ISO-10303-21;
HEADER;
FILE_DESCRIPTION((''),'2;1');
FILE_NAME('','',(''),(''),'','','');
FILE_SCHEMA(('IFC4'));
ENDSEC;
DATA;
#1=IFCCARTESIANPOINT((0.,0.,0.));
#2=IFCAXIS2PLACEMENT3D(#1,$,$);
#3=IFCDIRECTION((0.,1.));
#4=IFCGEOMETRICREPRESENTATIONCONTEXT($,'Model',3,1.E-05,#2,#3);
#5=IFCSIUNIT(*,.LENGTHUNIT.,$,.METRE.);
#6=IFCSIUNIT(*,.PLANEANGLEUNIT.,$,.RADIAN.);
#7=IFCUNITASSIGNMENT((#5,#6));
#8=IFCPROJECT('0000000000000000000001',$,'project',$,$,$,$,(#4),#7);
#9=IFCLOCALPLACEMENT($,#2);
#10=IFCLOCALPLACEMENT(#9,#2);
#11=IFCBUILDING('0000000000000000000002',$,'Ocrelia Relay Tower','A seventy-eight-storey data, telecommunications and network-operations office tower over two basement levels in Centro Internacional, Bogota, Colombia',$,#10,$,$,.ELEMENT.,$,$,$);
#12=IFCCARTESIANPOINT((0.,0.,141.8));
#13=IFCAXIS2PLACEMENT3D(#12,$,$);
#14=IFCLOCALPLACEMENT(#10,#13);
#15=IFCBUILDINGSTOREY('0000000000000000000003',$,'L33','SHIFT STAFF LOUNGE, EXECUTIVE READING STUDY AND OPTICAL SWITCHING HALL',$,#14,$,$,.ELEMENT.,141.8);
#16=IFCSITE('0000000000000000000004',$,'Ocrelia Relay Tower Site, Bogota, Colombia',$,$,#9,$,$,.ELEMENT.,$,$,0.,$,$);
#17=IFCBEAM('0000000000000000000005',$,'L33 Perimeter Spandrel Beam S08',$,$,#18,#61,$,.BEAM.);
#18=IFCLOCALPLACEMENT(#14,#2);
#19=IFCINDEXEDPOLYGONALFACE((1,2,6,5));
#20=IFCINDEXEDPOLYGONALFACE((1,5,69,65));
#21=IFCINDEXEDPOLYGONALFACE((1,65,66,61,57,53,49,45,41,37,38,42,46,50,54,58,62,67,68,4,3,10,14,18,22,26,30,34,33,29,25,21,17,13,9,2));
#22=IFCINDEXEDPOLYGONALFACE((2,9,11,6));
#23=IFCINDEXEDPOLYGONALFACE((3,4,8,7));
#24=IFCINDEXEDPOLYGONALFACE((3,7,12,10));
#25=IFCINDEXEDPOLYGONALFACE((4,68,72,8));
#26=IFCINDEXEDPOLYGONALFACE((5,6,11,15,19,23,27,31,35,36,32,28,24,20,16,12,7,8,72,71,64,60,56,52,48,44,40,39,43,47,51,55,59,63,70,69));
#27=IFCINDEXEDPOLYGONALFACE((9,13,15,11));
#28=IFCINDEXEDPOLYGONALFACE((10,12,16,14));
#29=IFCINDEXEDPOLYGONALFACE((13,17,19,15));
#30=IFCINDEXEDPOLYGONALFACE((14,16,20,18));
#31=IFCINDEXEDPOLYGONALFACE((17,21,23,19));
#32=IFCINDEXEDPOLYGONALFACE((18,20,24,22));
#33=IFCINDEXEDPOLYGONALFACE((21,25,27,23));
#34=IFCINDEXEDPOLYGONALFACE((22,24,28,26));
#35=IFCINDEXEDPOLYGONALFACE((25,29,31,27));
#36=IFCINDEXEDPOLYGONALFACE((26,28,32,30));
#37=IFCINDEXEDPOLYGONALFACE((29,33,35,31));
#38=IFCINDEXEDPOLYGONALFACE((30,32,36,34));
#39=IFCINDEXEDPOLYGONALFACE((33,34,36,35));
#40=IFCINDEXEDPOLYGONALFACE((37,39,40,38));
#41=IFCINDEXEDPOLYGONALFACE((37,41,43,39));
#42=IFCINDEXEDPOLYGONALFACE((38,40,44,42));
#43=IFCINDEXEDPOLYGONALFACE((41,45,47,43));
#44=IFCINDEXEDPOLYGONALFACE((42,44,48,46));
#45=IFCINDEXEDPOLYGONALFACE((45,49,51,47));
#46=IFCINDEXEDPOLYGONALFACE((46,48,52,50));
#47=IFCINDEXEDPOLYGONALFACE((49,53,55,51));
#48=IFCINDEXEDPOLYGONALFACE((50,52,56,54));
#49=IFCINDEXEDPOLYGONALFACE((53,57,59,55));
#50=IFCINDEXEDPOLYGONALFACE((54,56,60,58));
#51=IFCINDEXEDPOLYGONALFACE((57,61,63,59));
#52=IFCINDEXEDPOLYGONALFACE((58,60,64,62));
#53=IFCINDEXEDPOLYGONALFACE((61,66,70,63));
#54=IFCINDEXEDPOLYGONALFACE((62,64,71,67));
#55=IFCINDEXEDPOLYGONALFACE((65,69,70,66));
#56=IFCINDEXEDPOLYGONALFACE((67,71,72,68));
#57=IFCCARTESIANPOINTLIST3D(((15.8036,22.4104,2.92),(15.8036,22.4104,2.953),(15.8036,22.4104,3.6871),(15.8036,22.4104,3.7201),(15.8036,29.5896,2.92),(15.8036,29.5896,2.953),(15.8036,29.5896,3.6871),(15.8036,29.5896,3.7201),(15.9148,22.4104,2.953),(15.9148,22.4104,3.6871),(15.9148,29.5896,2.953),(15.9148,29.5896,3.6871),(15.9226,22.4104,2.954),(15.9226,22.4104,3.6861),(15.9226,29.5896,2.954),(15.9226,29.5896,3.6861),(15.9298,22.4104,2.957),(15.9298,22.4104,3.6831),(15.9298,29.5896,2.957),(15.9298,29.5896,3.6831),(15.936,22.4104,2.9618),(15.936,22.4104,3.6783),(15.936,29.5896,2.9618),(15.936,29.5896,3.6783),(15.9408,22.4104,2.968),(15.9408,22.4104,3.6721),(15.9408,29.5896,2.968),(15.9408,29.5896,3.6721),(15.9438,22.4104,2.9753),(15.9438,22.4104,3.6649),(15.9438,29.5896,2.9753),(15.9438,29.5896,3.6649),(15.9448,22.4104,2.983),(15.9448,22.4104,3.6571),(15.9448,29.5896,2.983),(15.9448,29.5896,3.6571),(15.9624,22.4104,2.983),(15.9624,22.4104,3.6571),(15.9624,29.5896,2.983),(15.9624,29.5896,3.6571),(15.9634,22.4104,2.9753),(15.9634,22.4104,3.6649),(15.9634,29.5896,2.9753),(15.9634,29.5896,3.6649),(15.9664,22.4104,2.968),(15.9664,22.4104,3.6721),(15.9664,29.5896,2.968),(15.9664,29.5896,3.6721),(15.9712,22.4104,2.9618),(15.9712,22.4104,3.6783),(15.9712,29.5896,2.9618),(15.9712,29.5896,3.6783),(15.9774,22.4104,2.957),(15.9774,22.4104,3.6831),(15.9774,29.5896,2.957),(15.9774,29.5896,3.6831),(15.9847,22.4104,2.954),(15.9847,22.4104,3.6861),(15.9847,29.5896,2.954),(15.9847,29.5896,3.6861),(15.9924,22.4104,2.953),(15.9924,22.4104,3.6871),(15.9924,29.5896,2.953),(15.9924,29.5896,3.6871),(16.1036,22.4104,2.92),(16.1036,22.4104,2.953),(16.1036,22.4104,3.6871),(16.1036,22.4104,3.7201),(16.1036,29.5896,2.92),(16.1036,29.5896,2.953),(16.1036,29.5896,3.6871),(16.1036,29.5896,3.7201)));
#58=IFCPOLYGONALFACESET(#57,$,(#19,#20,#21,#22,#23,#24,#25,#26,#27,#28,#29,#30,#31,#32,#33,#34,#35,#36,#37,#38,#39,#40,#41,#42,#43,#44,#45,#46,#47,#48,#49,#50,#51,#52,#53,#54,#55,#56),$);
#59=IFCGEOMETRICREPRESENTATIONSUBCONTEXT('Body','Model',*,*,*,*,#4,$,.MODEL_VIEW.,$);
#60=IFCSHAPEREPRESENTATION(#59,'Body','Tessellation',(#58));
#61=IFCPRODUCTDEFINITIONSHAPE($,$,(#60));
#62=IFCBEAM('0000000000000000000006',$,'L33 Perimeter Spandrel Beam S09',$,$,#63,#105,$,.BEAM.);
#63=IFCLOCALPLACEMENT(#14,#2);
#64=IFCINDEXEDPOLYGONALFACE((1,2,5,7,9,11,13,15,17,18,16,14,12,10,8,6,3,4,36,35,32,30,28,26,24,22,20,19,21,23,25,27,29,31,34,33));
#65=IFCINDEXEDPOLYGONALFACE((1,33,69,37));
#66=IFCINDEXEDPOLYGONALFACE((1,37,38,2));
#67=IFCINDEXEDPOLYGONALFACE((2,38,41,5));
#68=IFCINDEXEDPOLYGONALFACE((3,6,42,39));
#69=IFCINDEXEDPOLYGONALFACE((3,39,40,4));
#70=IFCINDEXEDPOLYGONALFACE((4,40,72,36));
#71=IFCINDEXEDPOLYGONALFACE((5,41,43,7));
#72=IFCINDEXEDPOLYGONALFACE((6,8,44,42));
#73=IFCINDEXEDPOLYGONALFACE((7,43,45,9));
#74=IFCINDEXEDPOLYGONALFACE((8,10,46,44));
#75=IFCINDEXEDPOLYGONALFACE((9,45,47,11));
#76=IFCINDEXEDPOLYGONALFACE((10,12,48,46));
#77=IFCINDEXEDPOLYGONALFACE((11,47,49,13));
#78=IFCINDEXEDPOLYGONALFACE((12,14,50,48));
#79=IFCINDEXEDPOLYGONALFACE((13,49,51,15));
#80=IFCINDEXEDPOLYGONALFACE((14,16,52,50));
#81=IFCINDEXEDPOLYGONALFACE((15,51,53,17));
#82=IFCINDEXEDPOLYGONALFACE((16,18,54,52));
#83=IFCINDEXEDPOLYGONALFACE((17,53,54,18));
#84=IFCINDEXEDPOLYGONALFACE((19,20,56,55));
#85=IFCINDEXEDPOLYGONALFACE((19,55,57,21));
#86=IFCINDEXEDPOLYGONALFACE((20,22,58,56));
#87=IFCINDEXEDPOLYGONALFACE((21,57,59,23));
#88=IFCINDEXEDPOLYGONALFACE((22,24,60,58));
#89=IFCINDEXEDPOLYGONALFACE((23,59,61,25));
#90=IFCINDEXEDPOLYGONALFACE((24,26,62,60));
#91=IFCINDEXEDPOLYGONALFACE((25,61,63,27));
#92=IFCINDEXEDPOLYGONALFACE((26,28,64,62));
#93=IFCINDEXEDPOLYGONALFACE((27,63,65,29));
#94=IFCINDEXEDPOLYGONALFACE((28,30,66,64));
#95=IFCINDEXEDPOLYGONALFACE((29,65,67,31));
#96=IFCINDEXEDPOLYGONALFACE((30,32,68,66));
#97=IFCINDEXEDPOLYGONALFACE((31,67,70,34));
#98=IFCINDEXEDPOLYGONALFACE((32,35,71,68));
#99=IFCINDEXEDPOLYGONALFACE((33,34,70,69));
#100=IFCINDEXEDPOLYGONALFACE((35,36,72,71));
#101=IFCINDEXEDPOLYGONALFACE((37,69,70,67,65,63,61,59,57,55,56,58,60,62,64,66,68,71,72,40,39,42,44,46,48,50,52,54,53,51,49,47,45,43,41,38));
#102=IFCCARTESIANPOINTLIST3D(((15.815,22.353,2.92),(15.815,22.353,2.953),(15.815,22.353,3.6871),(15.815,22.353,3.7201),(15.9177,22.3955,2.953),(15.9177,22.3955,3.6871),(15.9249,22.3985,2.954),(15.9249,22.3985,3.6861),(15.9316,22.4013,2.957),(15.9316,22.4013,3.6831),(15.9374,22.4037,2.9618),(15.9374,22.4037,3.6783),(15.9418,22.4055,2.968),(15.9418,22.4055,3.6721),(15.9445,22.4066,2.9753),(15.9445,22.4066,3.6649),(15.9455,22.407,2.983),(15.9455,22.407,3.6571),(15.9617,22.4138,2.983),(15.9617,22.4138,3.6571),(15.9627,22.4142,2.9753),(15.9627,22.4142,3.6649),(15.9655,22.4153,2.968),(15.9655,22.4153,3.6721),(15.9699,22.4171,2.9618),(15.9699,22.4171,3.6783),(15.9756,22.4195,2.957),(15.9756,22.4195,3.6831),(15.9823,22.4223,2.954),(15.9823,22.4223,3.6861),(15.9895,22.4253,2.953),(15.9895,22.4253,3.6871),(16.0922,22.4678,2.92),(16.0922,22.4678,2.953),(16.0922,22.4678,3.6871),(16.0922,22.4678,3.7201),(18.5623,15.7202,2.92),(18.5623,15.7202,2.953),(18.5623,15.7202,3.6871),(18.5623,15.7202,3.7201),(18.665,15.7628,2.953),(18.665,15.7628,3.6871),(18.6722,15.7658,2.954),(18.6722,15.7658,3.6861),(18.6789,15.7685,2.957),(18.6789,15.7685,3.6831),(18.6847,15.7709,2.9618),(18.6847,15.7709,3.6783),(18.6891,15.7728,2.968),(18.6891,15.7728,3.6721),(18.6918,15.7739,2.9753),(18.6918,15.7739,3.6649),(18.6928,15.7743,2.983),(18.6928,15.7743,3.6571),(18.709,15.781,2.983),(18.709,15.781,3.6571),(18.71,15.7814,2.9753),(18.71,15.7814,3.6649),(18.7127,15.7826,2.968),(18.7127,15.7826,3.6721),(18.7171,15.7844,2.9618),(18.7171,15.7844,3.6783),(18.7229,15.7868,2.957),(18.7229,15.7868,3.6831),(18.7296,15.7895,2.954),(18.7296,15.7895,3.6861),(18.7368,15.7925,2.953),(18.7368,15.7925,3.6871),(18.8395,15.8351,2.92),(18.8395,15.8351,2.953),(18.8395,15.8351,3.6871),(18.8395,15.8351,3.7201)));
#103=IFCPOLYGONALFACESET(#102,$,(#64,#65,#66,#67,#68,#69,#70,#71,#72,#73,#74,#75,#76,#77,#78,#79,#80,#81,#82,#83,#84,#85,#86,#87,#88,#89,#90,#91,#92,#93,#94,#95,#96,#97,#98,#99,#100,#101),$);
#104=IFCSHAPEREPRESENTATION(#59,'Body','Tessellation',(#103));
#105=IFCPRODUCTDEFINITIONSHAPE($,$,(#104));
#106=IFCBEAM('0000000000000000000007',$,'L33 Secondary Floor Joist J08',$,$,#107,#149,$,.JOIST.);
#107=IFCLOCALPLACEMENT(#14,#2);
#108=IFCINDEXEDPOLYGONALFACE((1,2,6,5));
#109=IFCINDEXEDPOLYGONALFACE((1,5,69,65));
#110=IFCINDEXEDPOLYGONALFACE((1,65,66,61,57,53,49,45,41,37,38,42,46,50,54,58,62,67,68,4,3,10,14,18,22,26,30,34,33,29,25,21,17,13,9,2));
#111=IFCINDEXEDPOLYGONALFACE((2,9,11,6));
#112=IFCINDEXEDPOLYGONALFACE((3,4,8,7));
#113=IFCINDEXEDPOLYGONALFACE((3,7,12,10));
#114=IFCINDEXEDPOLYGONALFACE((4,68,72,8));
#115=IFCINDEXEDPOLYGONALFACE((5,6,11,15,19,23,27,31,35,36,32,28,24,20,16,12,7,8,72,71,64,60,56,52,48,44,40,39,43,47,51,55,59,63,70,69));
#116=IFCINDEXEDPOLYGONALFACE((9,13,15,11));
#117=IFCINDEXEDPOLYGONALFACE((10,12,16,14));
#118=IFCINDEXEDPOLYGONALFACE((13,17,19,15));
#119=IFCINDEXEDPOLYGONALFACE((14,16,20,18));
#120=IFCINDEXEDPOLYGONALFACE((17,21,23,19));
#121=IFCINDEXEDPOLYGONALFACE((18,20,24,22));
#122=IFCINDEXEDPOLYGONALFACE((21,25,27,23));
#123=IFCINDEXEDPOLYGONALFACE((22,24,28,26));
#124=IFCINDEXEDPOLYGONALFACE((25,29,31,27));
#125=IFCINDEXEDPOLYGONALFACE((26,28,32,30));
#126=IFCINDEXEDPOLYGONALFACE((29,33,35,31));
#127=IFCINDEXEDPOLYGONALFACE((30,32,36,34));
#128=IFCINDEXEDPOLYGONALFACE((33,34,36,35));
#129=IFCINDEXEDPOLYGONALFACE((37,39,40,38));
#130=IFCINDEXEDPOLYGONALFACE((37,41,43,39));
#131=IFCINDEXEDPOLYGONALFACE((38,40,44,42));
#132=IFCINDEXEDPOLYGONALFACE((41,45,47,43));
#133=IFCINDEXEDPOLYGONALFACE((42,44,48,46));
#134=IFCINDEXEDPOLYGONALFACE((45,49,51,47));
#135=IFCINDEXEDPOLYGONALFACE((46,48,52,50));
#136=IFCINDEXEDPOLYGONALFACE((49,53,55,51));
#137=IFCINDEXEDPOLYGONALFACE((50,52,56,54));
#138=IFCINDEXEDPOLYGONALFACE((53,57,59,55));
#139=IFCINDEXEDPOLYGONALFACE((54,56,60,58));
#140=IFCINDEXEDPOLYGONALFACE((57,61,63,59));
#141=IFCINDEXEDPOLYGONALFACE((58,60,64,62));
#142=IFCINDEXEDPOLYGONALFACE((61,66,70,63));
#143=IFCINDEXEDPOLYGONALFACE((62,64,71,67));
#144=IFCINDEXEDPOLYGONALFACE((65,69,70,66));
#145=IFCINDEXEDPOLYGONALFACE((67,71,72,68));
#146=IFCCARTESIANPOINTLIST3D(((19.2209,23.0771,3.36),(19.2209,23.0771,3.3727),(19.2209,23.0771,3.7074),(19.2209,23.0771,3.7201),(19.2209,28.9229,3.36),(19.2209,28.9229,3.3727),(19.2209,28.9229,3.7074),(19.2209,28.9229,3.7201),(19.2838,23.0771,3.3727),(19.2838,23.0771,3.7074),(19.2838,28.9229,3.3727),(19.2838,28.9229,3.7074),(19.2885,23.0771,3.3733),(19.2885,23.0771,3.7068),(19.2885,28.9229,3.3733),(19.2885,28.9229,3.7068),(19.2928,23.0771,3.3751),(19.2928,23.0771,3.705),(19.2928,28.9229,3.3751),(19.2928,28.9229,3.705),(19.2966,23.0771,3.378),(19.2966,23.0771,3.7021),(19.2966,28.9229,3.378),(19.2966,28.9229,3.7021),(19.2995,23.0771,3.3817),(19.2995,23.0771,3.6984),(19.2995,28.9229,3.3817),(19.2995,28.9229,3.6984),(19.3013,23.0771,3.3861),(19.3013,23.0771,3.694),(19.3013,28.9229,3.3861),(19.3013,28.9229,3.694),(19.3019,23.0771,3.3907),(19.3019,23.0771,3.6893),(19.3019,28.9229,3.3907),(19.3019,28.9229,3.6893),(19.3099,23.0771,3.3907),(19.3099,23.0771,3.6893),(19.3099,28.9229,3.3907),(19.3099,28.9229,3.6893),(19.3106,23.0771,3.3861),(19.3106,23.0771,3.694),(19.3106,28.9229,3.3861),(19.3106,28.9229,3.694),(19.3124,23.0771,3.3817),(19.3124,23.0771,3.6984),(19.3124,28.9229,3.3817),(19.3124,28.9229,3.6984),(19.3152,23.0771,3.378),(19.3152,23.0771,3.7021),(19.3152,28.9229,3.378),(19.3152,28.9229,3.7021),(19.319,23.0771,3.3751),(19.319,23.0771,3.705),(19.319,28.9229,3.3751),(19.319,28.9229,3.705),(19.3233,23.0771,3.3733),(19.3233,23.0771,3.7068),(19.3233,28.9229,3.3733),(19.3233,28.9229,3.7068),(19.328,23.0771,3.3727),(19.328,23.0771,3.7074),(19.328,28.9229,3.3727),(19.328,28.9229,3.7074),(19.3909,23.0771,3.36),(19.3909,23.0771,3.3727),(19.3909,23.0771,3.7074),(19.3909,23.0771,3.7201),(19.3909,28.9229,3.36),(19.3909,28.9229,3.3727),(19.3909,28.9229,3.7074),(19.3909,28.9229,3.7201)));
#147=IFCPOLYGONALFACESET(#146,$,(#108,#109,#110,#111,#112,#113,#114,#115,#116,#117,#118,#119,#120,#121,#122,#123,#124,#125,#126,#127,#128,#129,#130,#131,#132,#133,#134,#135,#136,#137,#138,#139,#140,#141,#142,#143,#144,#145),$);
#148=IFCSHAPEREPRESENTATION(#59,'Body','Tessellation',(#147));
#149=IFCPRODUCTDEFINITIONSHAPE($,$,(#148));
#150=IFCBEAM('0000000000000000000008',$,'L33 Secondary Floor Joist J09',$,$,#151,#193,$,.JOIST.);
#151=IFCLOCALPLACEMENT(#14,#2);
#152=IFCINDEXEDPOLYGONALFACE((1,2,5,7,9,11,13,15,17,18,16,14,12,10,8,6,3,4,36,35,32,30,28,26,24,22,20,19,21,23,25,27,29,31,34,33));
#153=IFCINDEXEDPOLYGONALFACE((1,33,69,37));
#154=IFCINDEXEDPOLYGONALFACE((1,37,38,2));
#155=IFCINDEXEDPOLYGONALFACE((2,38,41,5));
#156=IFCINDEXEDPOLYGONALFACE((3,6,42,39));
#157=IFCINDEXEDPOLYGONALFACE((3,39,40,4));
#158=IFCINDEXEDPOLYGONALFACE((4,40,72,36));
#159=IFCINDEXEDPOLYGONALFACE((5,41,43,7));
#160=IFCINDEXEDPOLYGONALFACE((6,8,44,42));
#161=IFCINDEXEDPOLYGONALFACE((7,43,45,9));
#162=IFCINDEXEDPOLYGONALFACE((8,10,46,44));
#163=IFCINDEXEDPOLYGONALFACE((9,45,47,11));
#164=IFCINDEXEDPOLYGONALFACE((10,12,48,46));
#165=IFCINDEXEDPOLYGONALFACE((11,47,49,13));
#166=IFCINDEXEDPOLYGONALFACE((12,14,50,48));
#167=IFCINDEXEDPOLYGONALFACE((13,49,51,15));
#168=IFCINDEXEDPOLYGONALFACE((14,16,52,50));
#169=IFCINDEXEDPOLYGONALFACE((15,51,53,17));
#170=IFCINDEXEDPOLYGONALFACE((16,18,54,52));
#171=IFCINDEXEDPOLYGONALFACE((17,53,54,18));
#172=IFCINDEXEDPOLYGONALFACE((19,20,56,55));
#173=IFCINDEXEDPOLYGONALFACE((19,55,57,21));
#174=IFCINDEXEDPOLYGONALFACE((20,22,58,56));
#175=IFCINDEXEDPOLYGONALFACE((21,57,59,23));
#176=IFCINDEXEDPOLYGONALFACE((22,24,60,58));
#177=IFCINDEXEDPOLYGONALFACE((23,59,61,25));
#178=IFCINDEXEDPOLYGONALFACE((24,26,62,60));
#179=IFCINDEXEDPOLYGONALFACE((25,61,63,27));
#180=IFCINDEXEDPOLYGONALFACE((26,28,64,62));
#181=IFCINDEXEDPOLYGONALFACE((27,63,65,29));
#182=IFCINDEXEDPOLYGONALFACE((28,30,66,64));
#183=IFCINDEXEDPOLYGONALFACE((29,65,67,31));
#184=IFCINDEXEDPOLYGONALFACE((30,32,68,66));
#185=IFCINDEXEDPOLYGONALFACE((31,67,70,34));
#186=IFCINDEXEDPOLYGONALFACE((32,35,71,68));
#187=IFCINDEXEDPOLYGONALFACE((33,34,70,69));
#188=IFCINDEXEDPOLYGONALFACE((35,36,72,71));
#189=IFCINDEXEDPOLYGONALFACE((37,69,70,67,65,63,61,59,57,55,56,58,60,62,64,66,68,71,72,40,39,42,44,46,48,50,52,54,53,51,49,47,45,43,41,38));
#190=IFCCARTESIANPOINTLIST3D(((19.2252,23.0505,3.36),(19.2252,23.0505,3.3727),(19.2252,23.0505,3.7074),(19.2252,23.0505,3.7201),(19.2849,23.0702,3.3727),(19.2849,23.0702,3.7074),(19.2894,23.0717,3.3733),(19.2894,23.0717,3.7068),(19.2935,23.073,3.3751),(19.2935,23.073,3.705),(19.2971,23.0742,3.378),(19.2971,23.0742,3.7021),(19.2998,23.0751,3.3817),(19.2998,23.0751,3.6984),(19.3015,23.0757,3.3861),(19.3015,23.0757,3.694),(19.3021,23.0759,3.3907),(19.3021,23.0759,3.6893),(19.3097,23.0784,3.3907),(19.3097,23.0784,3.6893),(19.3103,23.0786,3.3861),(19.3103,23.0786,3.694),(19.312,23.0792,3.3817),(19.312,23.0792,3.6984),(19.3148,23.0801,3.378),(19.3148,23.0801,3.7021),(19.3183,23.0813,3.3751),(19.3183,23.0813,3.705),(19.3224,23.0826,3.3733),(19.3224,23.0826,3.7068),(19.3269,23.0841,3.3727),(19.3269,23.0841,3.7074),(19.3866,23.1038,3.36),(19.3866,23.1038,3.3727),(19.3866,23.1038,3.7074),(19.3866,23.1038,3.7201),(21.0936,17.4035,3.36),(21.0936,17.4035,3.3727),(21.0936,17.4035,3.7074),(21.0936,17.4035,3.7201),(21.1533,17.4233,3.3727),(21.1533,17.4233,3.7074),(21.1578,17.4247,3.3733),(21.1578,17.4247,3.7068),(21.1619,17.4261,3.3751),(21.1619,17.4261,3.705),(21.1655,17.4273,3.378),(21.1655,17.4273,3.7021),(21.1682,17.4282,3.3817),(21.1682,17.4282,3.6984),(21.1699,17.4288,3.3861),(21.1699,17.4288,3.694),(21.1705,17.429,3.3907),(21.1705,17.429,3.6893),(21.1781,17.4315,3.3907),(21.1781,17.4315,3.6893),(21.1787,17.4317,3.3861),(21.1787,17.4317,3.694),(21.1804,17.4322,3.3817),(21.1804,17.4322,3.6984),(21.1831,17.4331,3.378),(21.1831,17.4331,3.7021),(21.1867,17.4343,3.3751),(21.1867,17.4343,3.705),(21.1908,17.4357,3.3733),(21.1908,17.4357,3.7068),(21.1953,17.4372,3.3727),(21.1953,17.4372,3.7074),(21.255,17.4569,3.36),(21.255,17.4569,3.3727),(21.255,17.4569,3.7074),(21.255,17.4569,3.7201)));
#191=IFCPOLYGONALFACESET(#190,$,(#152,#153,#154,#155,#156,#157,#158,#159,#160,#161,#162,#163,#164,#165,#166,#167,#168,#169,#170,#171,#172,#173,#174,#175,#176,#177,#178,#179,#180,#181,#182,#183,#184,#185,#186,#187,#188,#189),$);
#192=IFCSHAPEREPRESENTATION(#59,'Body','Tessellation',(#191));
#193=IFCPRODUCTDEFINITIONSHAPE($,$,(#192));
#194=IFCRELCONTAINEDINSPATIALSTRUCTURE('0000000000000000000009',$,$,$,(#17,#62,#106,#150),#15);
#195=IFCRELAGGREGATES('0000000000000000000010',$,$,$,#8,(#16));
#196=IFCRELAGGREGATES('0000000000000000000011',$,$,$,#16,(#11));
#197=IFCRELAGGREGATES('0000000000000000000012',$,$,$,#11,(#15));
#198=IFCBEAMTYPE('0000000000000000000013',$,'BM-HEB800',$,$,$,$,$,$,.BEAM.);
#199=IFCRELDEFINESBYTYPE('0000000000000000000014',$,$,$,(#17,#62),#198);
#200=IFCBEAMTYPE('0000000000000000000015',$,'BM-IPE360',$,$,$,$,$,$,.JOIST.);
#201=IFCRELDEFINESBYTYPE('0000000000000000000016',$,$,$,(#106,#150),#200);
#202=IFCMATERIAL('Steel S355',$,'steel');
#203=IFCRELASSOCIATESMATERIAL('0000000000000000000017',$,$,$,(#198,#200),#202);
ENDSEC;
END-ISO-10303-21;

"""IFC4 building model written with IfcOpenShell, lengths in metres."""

from ifc_helpers import new_model, si_unit, direction, frame, origin, origin_2d, place, context, subcontext, project, spatial, i_section, extrude, material, material_profile, profile_set, type_object, element, save


model = new_model("IFC4")

# Units and contexts
model_context = context("Model", 3, precision=1e-05, world=origin(), true_north=direction((0.0, 1.0)))
body_context = subcontext(model_context, "Body", "Model", "MODEL_VIEW")
ifc_project = project(units=[si_unit("LENGTHUNIT", "METRE"), si_unit("PLANEANGLEUNIT", "RADIAN")], contexts=[model_context])

# Site, building, storey
site_placement = place(None, origin())
site = spatial("IfcSite", under=ifc_project, at=site_placement, Name="Ocrelia Relay Tower Site, Bogota, Colombia", CompositionType="ELEMENT", RefElevation=0.0)
building_placement = place(site_placement, origin())
building = spatial("IfcBuilding", under=site, at=building_placement, Name="Ocrelia Relay Tower", Description="A seventy-eight-storey data, telecommunications and network-operations office tower over two basement levels in Centro Internacional, Bogota, Colombia", CompositionType="ELEMENT")
storey_placement = place(building_placement, frame((0.0, 0.0, 141.8)))
storey = spatial("IfcBuildingStorey", under=building, at=storey_placement, Name="L33", Description="SHIFT STAFF LOUNGE, EXECUTIVE READING STUDY AND OPTICAL SWITCHING HALL", CompositionType="ELEMENT", Elevation=141.8)

# Beams
ifc_material_1 = material(Name="Steel S355", Category="steel")
ifc_material_profile_1 = material_profile(ifc_material_1, i_section(OverallWidth=0.3, OverallDepth=0.8, WebThickness=0.0176, FlangeThickness=0.033, FilletRadius=0.03, at=origin_2d()), Name="HEB 800")
ifc_profile_set_1 = profile_set([ifc_material_profile_1], Name="Steel S355")
beam_type_1 = type_object("IfcBeamType", Name="BM-HEB800", PredefinedType="BEAM", material=ifc_profile_set_1)
for number, where, z_axis, x_axis, name in (
    (1, (15.9536, 29.5896, 3.3201), (0.0, -1.0, 0.0), (1.0, 0.0, 0.0), "L33 Perimeter Spandrel Beam S08"),
    (2, (15.9536, 22.4104, 3.3201), (0.382673, -0.923884, 0.0), (0.923884, 0.382673, 0.0), "L33 Perimeter Spandrel Beam S09"),
):
    element("IfcBeam", number, at=place(storey_placement, frame(where, z_axis=z_axis, x_axis=x_axis)), inside=storey, type_object=beam_type_1, Name=name, PredefinedType="BEAM", context=body_context, shape_type="SweptSolid", body=[
        extrude(i_section(OverallWidth=0.3, OverallDepth=0.8, WebThickness=0.0176, FlangeThickness=0.033, FilletRadius=0.03, at=origin_2d()), origin(), (0.0, 0.0, 1.0), 7.1792),
    ])
ifc_material_profile_2 = material_profile(ifc_material_1, i_section(OverallWidth=0.1699, OverallDepth=0.3601, WebThickness=0.0081, FlangeThickness=0.0127, FilletRadius=0.0181, at=origin_2d()), Name="IPE 360")
ifc_profile_set_2 = profile_set([ifc_material_profile_2], Name="Steel S355")
beam_type_2 = type_object("IfcBeamType", Name="BM-IPE360", PredefinedType="JOIST", material=ifc_profile_set_2)
beam_1_placement = place(storey_placement, frame((19.3059, 28.9229, 3.54), z_axis=(0.0, -1.0, 0.0), x_axis=(1.0, 0.0, 0.0)))
element("IfcBeam", 3, at=beam_1_placement, inside=storey, type_object=beam_type_2, Name="L33 Secondary Floor Joist J08", PredefinedType="JOIST", context=body_context, shape_type="SweptSolid", body=[
    extrude(i_section(OverallWidth=0.1699, OverallDepth=0.3601, WebThickness=0.0081, FlangeThickness=0.0127, FilletRadius=0.0181, at=origin_2d()), origin(), (0.0, 0.0, 1.0), 5.8457),
])
beam_2_placement = place(storey_placement, frame((19.3059, 23.0771, 3.54), z_axis=(0.314121, -0.949383, 0.0), x_axis=(0.949383, 0.314121, 0.0)))
element("IfcBeam", 4, at=beam_2_placement, inside=storey, type_object=beam_type_2, Name="L33 Secondary Floor Joist J09", PredefinedType="JOIST", context=body_context, shape_type="SweptSolid", body=[
    extrude(i_section(OverallWidth=0.1699, OverallDepth=0.3601, WebThickness=0.0081, FlangeThickness=0.0127, FilletRadius=0.0181, at=origin_2d()), origin(), (0.0, 0.0, 1.0), 5.948),
])

save(model, "model.ifc")
